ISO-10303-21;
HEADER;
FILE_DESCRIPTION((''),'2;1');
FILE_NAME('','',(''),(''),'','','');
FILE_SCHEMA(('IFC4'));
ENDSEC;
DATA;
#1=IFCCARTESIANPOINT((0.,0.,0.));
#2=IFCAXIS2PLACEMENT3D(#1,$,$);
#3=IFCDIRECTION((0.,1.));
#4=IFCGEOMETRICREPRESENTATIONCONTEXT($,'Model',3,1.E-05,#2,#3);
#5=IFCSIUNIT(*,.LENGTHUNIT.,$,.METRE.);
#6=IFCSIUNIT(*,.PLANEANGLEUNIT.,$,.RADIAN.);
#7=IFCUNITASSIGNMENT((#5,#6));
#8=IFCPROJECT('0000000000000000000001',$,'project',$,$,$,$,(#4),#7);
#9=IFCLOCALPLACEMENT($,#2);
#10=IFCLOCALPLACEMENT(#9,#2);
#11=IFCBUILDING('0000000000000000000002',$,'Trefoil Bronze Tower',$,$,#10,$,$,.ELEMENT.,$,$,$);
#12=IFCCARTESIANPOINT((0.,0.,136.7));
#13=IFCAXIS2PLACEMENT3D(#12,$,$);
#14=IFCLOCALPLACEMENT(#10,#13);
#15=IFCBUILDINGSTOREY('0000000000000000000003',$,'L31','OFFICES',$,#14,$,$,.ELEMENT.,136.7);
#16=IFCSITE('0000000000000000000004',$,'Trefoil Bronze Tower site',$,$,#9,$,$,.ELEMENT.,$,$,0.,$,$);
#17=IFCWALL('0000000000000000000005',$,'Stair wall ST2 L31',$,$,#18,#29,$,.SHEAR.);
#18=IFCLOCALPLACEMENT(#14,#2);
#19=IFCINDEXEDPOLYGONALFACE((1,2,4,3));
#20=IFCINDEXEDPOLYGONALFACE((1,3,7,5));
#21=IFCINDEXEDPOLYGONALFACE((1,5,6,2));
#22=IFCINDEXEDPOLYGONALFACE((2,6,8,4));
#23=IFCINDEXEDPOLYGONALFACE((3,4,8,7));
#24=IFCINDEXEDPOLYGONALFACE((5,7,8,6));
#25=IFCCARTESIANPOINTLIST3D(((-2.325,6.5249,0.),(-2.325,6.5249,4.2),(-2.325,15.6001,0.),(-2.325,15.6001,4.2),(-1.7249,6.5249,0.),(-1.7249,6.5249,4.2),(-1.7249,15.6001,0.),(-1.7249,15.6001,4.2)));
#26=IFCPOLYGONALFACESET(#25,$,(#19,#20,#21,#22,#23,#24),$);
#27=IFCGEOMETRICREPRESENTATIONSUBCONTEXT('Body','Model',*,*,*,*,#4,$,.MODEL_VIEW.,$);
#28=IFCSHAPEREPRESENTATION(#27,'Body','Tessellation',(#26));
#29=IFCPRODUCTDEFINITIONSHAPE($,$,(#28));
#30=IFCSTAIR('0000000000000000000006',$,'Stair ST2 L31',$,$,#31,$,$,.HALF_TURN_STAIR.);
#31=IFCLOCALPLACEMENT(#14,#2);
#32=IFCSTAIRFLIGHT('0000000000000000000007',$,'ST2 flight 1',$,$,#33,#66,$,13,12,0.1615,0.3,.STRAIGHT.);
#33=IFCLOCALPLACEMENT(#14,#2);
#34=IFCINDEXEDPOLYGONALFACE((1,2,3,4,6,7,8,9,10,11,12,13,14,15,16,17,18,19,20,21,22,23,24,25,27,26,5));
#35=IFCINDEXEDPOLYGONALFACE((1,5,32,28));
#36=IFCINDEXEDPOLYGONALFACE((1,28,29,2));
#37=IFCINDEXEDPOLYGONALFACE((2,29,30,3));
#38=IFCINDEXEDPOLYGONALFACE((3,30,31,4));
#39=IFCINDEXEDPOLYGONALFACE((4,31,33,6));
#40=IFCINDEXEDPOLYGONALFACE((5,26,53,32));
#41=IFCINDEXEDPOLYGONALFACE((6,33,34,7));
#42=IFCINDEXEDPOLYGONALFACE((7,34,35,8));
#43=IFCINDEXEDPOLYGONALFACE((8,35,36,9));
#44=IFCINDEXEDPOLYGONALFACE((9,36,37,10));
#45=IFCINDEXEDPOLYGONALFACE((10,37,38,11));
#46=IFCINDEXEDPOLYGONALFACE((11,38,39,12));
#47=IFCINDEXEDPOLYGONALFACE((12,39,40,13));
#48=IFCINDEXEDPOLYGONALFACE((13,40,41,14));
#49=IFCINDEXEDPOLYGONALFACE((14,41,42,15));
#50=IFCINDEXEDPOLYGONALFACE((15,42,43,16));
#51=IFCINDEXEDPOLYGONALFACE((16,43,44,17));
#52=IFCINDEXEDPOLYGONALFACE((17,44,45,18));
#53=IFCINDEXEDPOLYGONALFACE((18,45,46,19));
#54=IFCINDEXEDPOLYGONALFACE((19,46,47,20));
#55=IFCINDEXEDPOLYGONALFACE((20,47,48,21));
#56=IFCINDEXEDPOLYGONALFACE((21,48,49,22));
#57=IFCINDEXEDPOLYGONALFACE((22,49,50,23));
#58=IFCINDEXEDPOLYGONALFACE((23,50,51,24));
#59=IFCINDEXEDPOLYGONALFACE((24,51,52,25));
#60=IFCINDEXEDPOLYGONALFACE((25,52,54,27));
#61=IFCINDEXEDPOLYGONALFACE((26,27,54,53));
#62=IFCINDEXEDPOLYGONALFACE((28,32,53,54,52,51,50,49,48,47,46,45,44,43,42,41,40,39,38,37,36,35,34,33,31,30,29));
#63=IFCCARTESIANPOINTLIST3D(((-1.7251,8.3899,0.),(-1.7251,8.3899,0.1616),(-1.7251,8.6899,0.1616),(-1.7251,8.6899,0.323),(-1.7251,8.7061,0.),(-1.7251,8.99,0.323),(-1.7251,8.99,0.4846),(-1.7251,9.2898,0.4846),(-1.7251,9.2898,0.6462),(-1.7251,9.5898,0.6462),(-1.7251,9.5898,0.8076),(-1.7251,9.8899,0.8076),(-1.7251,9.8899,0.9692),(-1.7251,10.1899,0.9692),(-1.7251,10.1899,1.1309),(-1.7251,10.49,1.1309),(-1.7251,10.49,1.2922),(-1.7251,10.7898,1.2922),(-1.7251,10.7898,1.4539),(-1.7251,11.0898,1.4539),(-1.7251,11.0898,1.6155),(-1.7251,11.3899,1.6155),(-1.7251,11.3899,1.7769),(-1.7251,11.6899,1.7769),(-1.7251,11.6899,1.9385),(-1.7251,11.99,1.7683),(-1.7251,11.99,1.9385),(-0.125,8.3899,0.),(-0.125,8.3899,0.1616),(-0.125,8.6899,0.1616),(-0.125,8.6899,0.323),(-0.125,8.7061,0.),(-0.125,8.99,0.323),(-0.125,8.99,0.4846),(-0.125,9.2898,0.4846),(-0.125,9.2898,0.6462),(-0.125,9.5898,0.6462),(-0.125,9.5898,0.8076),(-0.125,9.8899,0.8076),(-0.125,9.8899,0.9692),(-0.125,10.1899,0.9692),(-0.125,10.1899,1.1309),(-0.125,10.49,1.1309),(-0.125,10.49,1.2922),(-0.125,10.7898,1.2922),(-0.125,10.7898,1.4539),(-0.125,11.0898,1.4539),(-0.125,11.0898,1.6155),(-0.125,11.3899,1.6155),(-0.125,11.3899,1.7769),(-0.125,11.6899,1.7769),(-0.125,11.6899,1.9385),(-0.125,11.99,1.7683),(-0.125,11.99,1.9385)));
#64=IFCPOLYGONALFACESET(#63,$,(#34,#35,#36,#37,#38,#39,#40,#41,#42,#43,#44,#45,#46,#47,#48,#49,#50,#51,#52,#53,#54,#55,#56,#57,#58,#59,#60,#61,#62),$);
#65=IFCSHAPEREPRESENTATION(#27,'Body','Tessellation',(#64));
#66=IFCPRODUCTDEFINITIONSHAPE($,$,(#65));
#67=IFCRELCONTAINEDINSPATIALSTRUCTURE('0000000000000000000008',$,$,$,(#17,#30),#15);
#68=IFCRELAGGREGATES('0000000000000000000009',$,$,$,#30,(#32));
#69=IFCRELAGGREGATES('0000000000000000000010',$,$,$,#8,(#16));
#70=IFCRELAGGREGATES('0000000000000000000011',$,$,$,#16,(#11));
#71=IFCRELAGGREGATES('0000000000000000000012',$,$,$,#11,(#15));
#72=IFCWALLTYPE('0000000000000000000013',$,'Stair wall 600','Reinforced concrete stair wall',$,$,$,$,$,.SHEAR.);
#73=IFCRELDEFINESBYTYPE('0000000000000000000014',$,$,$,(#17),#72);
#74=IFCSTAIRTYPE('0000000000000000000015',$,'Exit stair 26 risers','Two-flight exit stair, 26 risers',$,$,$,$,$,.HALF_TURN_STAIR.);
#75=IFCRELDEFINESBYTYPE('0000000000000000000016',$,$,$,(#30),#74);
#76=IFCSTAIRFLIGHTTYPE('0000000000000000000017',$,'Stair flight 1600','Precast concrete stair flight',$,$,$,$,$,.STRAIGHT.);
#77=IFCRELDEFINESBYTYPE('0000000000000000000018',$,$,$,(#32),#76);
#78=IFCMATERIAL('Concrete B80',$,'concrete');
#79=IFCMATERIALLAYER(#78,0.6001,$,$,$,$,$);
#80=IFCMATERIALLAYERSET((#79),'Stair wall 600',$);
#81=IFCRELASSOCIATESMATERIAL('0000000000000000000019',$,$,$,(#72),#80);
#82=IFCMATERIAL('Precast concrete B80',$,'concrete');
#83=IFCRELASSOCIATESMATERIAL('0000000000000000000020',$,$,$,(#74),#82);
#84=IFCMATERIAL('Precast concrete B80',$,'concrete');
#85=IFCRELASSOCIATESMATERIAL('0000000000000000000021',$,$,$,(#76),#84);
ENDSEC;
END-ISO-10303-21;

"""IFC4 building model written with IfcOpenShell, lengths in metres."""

from ifc_helpers import new_model, si_unit, direction, frame, frame_2d, origin, place, context, subcontext, project, spatial, polyline, rectangle, outline, extrude, material, layer, layer_set, type_object, element, aggregate, save


model = new_model("IFC4")

# Units and contexts
model_context = context("Model", 3, precision=1e-05, world=origin(), true_north=direction((0.0, 1.0)))
body_context = subcontext(model_context, "Body", "Model", "MODEL_VIEW")
ifc_project = project(units=[si_unit("LENGTHUNIT", "METRE"), si_unit("PLANEANGLEUNIT", "RADIAN")], contexts=[model_context])

# Site, building, storey
site_placement = place(None, origin())
site = spatial("IfcSite", under=ifc_project, at=site_placement, Name="Trefoil Bronze Tower site", CompositionType="ELEMENT", RefElevation=0.0)
building_placement = place(site_placement, origin())
building = spatial("IfcBuilding", under=site, at=building_placement, Name="Trefoil Bronze Tower", CompositionType="ELEMENT")
storey_placement = place(building_placement, frame((0.0, 0.0, 136.7)))
storey = spatial("IfcBuildingStorey", under=building, at=storey_placement, Name="L31", Description="OFFICES", CompositionType="ELEMENT", Elevation=136.7)

# Wall
ifc_material_1 = material(Name="Concrete B80", Category="concrete")
ifc_layer_1 = layer(ifc_material_1, 0.6001)
ifc_layer_set_1 = layer_set([ifc_layer_1], Name="Stair wall 600")
wall_type_1 = type_object("IfcWallType", Name="Stair wall 600", Description="Reinforced concrete stair wall", PredefinedType="SHEAR", material=ifc_layer_set_1)
wall_1_placement = place(storey_placement, frame((-2.0249, 6.5249, 0.0), z_axis=(0.0, 0.0, 1.0), x_axis=(0.0, 1.0, 0.0)))
element("IfcWall", 1, at=wall_1_placement, inside=storey, type_object=wall_type_1, Name="Stair wall ST2 L31", PredefinedType="SHEAR", context=body_context, shape_type="SweptSolid", body=[
    extrude(rectangle(XDim=9.0752, YDim=0.6001, at=frame_2d((4.5376, 0.0))), origin(), (0.0, 0.0, 1.0), 4.2),
])

# Stair, stair flight
ifc_material_2 = material(Name="Precast concrete B80", Category="concrete")
stair_type = type_object("IfcStairType", Name="Exit stair 26 risers", Description="Two-flight exit stair, 26 risers", PredefinedType="HALF_TURN_STAIR", material=ifc_material_2)
stair_placement = place(storey_placement, origin())
stair = element("IfcStair", 2, at=stair_placement, inside=storey, type_object=stair_type, Name="Stair ST2 L31", PredefinedType="HALF_TURN_STAIR")
ifc_material_3 = material(Name="Precast concrete B80", Category="concrete")
stair_flight_type = type_object("IfcStairFlightType", Name="Stair flight 1600", Description="Precast concrete stair flight", PredefinedType="STRAIGHT", material=ifc_material_3)
stair_flight_placement = place(storey_placement, frame((-0.925, 8.3899, 0.0), z_axis=(0.0, 0.0, 1.0), x_axis=(0.0, 1.0, 0.0)))
stair_flight = element("IfcStairFlight", 3, at=stair_flight_placement, type_object=stair_flight_type, Name="ST2 flight 1", NumberOfRisers=13, NumberOfTreads=12, PredefinedType="STRAIGHT", RiserHeight=0.1615, TreadLength=0.3, context=body_context, shape_type="SweptSolid", body=[
    extrude(outline(polyline([(0.0, 0.0), (0.0, 0.1616), (0.3, 0.1616), (0.3, 0.323), (0.6001, 0.323), (0.6001, 0.4846), (0.8999, 0.4846), (0.8999, 0.6462), (1.2, 0.6462), (1.2, 0.8076), (1.5, 0.8076), (1.5, 0.9692), (1.8, 0.9692), (1.8, 1.1309), (2.1001, 1.1309), (2.1001, 1.2922), (2.3999, 1.2922), (2.3999, 1.4539), (2.7, 1.4539), (2.7, 1.6155), (3.0, 1.6155), (3.0, 1.7769), (3.3, 1.7769), (3.3, 1.9385), (3.6001, 1.9385), (3.6001, 2.1001), (3.6001, 1.7683), (0.3162, 0.0), (0.0, 0.0)])), frame((0.0, 0.8, 0.0), z_axis=(0.0, -1.0, 0.0), x_axis=(1.0, 0.0, 0.0)), (0.0, 0.0, 1.0), 1.6001),
])
aggregate(stair, [stair_flight])

save(model, "model.ifc")
